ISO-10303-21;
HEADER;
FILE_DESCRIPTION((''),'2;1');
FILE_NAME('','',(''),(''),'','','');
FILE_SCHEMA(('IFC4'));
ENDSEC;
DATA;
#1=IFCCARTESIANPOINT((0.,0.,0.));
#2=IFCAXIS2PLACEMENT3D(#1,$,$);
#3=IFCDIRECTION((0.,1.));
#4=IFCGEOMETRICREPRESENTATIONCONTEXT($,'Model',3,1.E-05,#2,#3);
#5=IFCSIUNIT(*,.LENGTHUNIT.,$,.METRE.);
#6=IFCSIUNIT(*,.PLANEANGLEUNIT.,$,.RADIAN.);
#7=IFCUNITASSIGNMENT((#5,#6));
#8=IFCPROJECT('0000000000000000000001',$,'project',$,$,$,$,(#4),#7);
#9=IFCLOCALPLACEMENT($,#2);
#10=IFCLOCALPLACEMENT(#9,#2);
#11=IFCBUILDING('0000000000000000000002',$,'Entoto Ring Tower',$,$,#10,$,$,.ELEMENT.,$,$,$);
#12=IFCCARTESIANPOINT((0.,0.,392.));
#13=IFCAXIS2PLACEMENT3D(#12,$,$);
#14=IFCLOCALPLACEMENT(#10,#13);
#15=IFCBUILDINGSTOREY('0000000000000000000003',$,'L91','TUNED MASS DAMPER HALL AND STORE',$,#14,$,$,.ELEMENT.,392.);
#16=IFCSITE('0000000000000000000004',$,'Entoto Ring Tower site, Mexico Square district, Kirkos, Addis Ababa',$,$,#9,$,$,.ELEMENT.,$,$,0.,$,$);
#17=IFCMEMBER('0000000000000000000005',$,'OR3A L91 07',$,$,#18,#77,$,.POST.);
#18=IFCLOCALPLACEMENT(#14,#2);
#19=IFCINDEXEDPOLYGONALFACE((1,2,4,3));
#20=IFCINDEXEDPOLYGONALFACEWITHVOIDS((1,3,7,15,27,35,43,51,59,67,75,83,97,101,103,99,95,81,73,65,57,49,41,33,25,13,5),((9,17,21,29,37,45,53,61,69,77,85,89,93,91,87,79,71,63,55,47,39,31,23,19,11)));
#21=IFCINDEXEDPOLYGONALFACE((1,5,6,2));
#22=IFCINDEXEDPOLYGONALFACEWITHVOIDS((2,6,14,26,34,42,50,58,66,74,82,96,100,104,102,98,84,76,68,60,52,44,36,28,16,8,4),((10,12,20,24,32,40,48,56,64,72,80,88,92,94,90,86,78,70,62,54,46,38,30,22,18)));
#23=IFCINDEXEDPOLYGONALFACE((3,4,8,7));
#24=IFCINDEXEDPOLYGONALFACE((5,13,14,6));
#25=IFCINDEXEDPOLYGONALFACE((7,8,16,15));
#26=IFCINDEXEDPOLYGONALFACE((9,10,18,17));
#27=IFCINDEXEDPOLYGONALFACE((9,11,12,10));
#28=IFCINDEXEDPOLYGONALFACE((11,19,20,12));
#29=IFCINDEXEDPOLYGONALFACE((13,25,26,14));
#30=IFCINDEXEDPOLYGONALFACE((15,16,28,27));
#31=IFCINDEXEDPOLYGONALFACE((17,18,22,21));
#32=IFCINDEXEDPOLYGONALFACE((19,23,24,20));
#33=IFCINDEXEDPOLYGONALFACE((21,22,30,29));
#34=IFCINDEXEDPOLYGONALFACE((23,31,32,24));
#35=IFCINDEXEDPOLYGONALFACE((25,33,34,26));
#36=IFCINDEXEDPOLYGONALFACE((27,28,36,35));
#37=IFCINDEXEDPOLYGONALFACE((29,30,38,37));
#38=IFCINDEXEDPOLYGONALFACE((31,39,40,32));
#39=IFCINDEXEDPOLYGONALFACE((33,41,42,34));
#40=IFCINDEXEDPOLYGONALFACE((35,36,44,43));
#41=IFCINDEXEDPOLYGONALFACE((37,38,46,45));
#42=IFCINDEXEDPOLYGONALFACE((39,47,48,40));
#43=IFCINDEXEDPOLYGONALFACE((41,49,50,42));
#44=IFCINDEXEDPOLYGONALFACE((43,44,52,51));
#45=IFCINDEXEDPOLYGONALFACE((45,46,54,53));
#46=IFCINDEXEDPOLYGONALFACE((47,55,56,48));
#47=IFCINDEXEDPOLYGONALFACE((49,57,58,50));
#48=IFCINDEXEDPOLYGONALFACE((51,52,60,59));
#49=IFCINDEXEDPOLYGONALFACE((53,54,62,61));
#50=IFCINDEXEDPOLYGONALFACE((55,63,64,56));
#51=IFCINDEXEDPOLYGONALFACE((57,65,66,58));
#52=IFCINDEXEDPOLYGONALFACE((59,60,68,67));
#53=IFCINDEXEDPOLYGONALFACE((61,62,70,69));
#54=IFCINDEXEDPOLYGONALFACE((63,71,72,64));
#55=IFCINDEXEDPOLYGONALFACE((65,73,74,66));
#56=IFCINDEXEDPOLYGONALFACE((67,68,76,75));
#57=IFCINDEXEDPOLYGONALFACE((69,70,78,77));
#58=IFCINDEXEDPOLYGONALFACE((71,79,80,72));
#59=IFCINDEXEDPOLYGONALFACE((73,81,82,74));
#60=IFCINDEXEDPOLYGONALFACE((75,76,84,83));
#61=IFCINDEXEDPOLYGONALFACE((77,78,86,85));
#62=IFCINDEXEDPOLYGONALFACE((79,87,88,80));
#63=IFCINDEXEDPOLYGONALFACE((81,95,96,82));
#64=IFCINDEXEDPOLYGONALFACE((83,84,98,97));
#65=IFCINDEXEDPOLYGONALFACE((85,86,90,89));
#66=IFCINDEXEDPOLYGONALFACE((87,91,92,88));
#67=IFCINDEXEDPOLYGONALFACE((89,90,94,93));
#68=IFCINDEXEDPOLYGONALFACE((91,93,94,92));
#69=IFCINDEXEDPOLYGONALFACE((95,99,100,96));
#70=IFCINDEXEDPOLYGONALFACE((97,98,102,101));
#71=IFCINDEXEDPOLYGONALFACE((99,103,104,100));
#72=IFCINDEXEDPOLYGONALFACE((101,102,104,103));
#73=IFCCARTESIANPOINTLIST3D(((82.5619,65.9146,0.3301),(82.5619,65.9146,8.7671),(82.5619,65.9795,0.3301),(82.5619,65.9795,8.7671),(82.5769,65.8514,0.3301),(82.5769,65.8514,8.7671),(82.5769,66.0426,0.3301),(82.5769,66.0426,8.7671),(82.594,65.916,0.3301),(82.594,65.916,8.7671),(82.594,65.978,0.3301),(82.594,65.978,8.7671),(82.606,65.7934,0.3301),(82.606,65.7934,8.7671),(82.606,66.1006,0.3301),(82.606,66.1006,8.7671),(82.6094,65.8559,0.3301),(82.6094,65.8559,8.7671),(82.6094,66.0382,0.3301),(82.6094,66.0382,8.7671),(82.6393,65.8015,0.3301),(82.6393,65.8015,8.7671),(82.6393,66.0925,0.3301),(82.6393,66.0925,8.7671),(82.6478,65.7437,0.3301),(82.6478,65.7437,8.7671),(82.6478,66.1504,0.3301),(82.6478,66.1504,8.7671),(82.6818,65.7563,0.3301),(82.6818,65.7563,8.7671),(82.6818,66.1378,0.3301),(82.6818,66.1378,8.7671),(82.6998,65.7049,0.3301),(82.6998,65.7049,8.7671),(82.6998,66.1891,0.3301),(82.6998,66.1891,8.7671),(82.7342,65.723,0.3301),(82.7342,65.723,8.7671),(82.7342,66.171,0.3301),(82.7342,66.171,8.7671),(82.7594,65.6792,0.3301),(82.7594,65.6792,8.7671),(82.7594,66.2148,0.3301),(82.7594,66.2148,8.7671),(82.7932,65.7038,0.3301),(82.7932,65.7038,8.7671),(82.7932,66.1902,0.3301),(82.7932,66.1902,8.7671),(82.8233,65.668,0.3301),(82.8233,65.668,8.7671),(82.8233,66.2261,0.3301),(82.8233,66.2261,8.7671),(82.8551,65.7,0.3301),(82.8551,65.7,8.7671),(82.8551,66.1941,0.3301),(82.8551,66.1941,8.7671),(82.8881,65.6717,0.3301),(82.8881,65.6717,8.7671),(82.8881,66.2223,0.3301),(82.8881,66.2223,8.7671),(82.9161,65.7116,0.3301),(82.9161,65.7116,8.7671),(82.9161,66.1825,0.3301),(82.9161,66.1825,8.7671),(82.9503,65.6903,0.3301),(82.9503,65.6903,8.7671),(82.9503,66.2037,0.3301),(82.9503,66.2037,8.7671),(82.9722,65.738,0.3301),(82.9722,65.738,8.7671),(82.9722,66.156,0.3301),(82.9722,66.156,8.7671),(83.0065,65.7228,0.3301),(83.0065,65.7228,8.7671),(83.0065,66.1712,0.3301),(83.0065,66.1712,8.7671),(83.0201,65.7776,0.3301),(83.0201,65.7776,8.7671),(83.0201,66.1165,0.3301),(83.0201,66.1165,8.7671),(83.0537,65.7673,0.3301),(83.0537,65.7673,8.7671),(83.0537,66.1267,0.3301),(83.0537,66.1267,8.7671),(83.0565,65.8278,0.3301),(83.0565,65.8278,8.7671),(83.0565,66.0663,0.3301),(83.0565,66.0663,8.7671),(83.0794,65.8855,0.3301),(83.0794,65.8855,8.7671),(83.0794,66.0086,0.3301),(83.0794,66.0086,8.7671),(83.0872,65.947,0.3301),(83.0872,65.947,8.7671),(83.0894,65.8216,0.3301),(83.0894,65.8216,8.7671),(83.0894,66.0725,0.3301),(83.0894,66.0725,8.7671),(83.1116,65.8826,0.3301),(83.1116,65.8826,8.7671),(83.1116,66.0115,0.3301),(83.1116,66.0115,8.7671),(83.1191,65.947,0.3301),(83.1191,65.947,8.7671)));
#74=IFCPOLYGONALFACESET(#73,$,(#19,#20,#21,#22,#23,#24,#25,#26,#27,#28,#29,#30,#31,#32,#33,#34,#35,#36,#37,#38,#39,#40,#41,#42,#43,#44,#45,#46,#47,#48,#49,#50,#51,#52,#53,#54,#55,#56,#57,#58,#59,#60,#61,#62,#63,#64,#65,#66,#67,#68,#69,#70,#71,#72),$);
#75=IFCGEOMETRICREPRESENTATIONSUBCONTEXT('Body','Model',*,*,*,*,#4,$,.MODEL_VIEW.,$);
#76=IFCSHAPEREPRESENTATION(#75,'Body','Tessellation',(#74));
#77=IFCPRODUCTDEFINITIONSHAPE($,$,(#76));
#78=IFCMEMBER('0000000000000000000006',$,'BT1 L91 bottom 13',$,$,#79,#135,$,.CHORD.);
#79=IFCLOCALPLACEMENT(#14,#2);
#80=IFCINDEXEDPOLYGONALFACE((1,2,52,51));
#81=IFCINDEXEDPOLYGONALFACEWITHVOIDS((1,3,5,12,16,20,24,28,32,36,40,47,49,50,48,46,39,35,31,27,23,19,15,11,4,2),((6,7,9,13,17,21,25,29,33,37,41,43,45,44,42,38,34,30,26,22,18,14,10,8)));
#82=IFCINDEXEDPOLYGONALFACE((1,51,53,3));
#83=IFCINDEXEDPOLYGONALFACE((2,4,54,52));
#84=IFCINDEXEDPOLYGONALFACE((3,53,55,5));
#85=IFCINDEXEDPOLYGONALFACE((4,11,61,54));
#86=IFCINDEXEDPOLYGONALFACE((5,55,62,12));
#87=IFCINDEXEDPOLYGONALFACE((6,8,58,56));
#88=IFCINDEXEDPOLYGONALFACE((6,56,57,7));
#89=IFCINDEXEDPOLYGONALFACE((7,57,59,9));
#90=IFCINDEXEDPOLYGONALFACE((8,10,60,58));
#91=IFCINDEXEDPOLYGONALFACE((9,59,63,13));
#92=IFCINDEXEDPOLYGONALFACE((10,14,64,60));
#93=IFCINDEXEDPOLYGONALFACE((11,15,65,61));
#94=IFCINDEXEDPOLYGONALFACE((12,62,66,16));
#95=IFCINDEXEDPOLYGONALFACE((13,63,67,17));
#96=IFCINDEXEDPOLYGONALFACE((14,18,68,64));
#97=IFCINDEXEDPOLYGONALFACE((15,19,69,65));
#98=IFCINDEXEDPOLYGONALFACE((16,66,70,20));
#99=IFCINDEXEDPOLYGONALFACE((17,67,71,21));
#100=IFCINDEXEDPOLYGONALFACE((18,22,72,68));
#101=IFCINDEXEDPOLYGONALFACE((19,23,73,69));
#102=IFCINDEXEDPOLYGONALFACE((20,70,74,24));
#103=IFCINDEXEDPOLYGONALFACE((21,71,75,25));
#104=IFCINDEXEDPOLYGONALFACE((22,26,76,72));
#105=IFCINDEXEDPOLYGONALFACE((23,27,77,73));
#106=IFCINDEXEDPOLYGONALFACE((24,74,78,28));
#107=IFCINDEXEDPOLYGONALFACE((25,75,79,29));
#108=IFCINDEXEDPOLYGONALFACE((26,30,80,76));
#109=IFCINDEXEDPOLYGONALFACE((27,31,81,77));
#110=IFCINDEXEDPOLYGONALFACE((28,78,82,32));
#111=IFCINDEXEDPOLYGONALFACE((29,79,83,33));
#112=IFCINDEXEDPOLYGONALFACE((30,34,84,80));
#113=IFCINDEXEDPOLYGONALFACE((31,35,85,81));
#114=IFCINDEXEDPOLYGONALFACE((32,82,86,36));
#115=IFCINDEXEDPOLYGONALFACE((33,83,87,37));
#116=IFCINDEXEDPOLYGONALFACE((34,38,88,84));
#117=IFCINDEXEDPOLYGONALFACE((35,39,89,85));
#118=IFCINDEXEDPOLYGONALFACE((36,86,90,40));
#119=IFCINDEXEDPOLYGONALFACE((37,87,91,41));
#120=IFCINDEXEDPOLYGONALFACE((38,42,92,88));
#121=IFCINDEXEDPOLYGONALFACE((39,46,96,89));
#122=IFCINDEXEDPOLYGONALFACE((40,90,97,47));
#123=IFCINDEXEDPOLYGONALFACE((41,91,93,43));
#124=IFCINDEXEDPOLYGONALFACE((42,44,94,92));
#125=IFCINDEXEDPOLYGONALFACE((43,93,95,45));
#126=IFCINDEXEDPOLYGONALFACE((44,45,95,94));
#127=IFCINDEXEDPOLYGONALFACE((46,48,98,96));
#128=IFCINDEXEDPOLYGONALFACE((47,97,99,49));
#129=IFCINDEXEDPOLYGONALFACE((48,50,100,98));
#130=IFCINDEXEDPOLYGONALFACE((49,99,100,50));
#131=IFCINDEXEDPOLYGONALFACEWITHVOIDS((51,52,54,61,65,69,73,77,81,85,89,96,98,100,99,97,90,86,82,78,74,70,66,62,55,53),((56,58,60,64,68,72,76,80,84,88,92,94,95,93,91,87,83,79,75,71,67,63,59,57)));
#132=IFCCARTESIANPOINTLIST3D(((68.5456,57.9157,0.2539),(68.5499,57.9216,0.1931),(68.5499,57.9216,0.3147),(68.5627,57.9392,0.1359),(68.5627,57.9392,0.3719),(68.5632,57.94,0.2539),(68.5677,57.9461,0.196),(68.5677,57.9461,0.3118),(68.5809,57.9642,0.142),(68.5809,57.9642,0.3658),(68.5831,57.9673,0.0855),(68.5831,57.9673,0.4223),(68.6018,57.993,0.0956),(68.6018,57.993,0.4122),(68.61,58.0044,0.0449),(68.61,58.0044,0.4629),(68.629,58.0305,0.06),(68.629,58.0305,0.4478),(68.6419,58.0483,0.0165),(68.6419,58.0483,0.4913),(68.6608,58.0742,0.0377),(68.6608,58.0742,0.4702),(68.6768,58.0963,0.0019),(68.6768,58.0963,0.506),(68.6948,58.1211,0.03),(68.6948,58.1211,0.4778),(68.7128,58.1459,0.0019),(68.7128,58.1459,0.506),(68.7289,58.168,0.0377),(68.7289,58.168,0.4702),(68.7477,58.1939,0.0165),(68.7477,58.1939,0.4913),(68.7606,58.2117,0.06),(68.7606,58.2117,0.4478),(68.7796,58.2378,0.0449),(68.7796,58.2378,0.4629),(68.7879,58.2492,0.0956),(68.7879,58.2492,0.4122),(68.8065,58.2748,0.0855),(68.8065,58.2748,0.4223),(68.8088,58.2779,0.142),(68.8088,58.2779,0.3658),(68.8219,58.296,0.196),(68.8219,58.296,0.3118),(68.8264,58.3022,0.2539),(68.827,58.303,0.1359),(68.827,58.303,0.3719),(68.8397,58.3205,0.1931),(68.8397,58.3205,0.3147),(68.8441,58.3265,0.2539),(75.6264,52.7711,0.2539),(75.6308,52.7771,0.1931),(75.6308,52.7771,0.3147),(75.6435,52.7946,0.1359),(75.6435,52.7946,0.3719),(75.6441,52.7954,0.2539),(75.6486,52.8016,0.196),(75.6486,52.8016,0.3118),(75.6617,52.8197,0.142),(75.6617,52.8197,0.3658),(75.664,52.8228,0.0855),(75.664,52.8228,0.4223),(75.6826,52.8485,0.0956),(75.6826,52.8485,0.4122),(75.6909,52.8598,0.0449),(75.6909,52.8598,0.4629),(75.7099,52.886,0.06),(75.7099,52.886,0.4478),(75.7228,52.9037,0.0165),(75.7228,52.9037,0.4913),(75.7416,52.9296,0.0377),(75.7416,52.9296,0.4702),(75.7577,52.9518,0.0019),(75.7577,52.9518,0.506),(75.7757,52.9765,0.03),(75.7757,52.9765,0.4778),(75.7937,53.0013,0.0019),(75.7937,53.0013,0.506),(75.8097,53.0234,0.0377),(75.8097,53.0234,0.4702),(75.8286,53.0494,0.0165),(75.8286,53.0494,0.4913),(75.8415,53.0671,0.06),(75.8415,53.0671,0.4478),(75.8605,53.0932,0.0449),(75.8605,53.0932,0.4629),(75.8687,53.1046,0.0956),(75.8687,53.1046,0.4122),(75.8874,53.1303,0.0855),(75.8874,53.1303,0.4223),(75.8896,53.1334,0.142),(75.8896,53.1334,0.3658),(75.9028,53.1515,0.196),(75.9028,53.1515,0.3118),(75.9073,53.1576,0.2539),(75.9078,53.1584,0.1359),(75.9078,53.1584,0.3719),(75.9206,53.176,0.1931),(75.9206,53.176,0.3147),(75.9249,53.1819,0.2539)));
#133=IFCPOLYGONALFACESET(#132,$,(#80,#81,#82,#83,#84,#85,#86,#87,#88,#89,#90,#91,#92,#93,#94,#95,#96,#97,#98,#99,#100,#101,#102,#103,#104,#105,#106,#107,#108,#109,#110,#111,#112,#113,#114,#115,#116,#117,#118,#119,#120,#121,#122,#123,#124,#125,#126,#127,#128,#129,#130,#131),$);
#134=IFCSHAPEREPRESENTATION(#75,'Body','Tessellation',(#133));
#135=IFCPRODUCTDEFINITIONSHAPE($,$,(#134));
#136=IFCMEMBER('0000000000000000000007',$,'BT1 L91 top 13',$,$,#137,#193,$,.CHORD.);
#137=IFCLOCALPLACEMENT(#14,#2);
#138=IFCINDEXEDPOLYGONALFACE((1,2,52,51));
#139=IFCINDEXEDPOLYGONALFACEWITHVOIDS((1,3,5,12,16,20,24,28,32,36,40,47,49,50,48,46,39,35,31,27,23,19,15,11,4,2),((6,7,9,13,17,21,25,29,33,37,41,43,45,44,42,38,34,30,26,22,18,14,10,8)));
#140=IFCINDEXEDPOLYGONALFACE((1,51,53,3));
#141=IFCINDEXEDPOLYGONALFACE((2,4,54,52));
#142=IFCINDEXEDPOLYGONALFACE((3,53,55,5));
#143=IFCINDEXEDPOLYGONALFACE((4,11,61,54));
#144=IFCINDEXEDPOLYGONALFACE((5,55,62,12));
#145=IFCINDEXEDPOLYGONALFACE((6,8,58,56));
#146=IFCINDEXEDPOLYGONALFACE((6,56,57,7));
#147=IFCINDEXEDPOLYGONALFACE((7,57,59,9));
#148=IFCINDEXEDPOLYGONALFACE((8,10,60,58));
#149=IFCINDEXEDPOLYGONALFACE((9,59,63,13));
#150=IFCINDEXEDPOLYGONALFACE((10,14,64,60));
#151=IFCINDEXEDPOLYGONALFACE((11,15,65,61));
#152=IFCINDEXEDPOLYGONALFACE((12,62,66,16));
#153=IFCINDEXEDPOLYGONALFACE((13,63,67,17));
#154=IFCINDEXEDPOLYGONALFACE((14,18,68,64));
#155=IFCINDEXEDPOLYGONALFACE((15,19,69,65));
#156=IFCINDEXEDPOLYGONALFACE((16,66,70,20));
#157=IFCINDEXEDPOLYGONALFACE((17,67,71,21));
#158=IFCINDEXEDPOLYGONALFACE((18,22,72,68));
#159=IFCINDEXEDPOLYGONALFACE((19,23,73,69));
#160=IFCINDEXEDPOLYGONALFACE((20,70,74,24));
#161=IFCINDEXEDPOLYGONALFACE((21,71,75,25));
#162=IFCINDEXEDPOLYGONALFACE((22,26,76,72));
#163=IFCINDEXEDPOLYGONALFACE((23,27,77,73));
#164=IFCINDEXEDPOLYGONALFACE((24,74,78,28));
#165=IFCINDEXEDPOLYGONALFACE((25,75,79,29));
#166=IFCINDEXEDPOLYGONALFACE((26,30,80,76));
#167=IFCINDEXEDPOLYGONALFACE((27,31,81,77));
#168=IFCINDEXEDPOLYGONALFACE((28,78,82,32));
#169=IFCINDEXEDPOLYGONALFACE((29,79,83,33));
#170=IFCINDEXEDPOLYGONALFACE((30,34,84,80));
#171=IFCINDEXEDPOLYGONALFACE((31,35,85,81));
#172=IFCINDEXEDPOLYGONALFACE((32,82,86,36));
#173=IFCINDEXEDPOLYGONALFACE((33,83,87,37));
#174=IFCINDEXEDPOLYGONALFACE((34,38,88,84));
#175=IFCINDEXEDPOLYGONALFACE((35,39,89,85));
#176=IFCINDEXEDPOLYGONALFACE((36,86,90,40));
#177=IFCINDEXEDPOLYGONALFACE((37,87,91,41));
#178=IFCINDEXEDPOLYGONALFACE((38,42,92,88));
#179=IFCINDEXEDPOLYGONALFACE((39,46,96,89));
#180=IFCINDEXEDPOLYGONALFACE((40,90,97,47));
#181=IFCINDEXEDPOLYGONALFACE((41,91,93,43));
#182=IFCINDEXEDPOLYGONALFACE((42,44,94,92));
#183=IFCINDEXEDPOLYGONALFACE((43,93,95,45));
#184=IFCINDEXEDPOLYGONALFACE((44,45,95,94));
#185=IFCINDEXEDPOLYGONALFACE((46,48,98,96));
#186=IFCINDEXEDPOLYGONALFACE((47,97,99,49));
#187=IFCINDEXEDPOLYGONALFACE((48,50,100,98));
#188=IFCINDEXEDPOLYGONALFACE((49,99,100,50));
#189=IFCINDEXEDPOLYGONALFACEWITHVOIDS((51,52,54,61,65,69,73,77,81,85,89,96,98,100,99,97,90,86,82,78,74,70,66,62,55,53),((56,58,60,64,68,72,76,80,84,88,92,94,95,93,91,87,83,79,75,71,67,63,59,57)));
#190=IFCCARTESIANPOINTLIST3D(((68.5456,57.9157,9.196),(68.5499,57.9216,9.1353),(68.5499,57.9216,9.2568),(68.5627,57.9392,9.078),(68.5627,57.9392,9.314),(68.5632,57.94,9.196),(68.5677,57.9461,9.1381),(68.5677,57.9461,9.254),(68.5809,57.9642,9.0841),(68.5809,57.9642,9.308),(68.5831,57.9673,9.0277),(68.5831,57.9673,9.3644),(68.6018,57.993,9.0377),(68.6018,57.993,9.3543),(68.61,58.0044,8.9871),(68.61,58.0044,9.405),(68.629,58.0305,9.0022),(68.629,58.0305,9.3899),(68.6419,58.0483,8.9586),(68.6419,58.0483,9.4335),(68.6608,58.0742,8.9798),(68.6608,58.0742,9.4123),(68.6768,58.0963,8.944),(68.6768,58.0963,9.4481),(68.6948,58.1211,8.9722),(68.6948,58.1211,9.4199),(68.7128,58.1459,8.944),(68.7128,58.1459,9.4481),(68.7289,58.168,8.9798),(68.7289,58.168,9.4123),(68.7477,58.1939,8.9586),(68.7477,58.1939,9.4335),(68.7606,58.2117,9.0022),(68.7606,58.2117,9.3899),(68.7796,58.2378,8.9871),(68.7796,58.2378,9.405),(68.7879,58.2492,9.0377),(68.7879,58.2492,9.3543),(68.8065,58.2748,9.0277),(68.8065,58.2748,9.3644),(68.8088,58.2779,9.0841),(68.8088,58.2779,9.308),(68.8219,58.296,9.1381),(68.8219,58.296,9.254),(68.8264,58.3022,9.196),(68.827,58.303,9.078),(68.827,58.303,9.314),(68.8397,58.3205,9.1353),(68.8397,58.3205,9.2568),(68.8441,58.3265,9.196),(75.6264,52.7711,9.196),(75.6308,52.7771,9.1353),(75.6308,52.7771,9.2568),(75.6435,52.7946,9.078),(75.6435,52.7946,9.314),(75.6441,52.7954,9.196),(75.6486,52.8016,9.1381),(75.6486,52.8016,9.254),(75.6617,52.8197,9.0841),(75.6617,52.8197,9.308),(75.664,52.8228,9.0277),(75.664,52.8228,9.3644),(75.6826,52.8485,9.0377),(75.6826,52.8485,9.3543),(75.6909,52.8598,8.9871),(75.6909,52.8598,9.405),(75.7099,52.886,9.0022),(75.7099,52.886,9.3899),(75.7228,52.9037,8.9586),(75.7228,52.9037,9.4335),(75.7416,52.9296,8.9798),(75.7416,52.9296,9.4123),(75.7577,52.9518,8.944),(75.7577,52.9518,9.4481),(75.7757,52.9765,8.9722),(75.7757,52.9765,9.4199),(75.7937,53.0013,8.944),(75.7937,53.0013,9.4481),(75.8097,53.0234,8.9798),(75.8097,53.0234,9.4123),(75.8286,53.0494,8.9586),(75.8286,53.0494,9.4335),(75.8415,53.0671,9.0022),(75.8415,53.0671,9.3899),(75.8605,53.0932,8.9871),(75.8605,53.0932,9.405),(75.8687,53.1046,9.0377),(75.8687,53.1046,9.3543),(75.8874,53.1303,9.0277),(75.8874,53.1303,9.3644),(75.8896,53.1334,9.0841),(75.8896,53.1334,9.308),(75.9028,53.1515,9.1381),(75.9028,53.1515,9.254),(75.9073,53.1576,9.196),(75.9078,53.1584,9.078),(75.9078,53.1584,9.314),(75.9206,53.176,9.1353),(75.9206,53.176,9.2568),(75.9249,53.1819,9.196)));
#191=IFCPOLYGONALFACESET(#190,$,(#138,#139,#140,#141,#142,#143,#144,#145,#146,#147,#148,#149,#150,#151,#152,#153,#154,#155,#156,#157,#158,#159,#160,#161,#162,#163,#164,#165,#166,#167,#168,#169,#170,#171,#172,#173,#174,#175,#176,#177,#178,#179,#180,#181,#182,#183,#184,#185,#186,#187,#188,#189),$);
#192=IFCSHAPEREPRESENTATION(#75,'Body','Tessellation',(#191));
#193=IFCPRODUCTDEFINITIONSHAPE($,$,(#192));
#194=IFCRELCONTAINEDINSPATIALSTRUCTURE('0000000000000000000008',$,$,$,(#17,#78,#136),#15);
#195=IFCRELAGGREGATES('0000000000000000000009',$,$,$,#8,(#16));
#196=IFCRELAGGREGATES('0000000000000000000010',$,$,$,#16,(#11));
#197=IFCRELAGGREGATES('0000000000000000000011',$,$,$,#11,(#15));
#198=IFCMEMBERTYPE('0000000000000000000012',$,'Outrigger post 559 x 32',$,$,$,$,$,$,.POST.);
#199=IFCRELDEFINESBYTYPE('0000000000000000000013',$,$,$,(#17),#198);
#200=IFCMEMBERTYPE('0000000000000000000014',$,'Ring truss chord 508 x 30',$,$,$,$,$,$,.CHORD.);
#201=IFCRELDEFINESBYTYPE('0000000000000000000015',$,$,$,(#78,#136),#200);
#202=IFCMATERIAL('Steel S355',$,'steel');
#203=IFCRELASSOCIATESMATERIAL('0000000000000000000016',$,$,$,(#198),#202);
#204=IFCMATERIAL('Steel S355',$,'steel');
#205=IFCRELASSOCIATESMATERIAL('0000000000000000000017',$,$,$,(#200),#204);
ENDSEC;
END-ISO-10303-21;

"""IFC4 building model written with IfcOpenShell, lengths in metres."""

from ifc_helpers import new_model, si_unit, direction, frame, origin, origin_2d, place, context, subcontext, project, spatial, circle, hollow_circle, extrude, material, material_profile, profile_set, type_object, element, save


model = new_model("IFC4")

# Units and contexts
model_context = context("Model", 3, precision=1e-05, world=origin(), true_north=direction((0.0, 1.0)))
body_context = subcontext(model_context, "Body", "Model", "MODEL_VIEW")
ifc_project = project(units=[si_unit("LENGTHUNIT", "METRE"), si_unit("PLANEANGLEUNIT", "RADIAN")], contexts=[model_context])

# Site, building, storey
site_placement = place(None, origin())
site = spatial("IfcSite", under=ifc_project, at=site_placement, Name="Entoto Ring Tower site, Mexico Square district, Kirkos, Addis Ababa", CompositionType="ELEMENT", RefElevation=0.0)
building_placement = place(site_placement, origin())
building = spatial("IfcBuilding", under=site, at=building_placement, Name="Entoto Ring Tower", CompositionType="ELEMENT")
storey_placement = place(building_placement, frame((0.0, 0.0, 392.0)))
storey = spatial("IfcBuildingStorey", under=building, at=storey_placement, Name="L91", Description="TUNED MASS DAMPER HALL AND STORE", CompositionType="ELEMENT", Elevation=392.0)

# Members
ifc_material_1 = material(Name="Steel S355", Category="steel")
ifc_material_profile_1 = material_profile(ifc_material_1, hollow_circle(Radius=0.2795, WallThickness=0.032, at=origin_2d()), Name="CHS 559 x 32")
ifc_material_2 = material(Name="Concrete C60/75", Category="concrete")
ifc_material_profile_2 = material_profile(ifc_material_2, circle(Radius=0.2476, at=origin_2d()), Name="Concrete C60/75 infill")
ifc_profile_set_1 = profile_set([ifc_material_profile_1, ifc_material_profile_2], Name="Steel S355")
member_type_1 = type_object("IfcMemberType", Name="Outrigger post 559 x 32", PredefinedType="POST", material=ifc_profile_set_1)
member_1_placement = place(storey_placement, frame((82.8396, 65.947, 0.3301), z_axis=(0.0, 0.0, 1.0), x_axis=(1.0, 0.0, 0.0)))
element("IfcMember", 1, at=member_1_placement, inside=storey, type_object=member_type_1, Name="OR3A L91 07", PredefinedType="POST", context=body_context, shape_type="SweptSolid", body=[
    extrude(hollow_circle(Radius=0.2795, WallThickness=0.032, at=origin_2d()), origin(), (0.0, 0.0, 1.0), 8.437),
])
ifc_material_3 = material(Name="Steel S355", Category="steel")
ifc_material_profile_3 = material_profile(ifc_material_3, hollow_circle(Radius=0.2539, WallThickness=0.03, at=origin_2d()), Name="CHS 508 x 30")
ifc_material_4 = material(Name="Concrete C60/75", Category="concrete")
ifc_material_profile_4 = material_profile(ifc_material_4, circle(Radius=0.2241, at=origin_2d()), Name="Concrete C60/75 infill")
ifc_profile_set_2 = profile_set([ifc_material_profile_3, ifc_material_profile_4], Name="Steel S355")
member_type_2 = type_object("IfcMemberType", Name="Ring truss chord 508 x 30", PredefinedType="CHORD", material=ifc_profile_set_2)
for number, where, z_axis, x_axis, name in (
    (2, (68.6948, 58.1211, 0.2539), (0.809016, -0.587787, 0.0), (0.587787, 0.809016, 0.0), "BT1 L91 bottom 13"),
    (3, (68.6948, 58.1211, 9.196), (0.809016, -0.587787, 0.0), (0.587787, 0.809016, 0.0), "BT1 L91 top 13"),
):
    element("IfcMember", number, at=place(storey_placement, frame(where, z_axis=z_axis, x_axis=x_axis)), inside=storey, type_object=member_type_2, Name=name, PredefinedType="CHORD", context=body_context, shape_type="SweptSolid", body=[
        extrude(hollow_circle(Radius=0.2539, WallThickness=0.03, at=origin_2d()), origin(), (0.0, 0.0, 1.0), 8.7524),
    ])

save(model, "model.ifc")
